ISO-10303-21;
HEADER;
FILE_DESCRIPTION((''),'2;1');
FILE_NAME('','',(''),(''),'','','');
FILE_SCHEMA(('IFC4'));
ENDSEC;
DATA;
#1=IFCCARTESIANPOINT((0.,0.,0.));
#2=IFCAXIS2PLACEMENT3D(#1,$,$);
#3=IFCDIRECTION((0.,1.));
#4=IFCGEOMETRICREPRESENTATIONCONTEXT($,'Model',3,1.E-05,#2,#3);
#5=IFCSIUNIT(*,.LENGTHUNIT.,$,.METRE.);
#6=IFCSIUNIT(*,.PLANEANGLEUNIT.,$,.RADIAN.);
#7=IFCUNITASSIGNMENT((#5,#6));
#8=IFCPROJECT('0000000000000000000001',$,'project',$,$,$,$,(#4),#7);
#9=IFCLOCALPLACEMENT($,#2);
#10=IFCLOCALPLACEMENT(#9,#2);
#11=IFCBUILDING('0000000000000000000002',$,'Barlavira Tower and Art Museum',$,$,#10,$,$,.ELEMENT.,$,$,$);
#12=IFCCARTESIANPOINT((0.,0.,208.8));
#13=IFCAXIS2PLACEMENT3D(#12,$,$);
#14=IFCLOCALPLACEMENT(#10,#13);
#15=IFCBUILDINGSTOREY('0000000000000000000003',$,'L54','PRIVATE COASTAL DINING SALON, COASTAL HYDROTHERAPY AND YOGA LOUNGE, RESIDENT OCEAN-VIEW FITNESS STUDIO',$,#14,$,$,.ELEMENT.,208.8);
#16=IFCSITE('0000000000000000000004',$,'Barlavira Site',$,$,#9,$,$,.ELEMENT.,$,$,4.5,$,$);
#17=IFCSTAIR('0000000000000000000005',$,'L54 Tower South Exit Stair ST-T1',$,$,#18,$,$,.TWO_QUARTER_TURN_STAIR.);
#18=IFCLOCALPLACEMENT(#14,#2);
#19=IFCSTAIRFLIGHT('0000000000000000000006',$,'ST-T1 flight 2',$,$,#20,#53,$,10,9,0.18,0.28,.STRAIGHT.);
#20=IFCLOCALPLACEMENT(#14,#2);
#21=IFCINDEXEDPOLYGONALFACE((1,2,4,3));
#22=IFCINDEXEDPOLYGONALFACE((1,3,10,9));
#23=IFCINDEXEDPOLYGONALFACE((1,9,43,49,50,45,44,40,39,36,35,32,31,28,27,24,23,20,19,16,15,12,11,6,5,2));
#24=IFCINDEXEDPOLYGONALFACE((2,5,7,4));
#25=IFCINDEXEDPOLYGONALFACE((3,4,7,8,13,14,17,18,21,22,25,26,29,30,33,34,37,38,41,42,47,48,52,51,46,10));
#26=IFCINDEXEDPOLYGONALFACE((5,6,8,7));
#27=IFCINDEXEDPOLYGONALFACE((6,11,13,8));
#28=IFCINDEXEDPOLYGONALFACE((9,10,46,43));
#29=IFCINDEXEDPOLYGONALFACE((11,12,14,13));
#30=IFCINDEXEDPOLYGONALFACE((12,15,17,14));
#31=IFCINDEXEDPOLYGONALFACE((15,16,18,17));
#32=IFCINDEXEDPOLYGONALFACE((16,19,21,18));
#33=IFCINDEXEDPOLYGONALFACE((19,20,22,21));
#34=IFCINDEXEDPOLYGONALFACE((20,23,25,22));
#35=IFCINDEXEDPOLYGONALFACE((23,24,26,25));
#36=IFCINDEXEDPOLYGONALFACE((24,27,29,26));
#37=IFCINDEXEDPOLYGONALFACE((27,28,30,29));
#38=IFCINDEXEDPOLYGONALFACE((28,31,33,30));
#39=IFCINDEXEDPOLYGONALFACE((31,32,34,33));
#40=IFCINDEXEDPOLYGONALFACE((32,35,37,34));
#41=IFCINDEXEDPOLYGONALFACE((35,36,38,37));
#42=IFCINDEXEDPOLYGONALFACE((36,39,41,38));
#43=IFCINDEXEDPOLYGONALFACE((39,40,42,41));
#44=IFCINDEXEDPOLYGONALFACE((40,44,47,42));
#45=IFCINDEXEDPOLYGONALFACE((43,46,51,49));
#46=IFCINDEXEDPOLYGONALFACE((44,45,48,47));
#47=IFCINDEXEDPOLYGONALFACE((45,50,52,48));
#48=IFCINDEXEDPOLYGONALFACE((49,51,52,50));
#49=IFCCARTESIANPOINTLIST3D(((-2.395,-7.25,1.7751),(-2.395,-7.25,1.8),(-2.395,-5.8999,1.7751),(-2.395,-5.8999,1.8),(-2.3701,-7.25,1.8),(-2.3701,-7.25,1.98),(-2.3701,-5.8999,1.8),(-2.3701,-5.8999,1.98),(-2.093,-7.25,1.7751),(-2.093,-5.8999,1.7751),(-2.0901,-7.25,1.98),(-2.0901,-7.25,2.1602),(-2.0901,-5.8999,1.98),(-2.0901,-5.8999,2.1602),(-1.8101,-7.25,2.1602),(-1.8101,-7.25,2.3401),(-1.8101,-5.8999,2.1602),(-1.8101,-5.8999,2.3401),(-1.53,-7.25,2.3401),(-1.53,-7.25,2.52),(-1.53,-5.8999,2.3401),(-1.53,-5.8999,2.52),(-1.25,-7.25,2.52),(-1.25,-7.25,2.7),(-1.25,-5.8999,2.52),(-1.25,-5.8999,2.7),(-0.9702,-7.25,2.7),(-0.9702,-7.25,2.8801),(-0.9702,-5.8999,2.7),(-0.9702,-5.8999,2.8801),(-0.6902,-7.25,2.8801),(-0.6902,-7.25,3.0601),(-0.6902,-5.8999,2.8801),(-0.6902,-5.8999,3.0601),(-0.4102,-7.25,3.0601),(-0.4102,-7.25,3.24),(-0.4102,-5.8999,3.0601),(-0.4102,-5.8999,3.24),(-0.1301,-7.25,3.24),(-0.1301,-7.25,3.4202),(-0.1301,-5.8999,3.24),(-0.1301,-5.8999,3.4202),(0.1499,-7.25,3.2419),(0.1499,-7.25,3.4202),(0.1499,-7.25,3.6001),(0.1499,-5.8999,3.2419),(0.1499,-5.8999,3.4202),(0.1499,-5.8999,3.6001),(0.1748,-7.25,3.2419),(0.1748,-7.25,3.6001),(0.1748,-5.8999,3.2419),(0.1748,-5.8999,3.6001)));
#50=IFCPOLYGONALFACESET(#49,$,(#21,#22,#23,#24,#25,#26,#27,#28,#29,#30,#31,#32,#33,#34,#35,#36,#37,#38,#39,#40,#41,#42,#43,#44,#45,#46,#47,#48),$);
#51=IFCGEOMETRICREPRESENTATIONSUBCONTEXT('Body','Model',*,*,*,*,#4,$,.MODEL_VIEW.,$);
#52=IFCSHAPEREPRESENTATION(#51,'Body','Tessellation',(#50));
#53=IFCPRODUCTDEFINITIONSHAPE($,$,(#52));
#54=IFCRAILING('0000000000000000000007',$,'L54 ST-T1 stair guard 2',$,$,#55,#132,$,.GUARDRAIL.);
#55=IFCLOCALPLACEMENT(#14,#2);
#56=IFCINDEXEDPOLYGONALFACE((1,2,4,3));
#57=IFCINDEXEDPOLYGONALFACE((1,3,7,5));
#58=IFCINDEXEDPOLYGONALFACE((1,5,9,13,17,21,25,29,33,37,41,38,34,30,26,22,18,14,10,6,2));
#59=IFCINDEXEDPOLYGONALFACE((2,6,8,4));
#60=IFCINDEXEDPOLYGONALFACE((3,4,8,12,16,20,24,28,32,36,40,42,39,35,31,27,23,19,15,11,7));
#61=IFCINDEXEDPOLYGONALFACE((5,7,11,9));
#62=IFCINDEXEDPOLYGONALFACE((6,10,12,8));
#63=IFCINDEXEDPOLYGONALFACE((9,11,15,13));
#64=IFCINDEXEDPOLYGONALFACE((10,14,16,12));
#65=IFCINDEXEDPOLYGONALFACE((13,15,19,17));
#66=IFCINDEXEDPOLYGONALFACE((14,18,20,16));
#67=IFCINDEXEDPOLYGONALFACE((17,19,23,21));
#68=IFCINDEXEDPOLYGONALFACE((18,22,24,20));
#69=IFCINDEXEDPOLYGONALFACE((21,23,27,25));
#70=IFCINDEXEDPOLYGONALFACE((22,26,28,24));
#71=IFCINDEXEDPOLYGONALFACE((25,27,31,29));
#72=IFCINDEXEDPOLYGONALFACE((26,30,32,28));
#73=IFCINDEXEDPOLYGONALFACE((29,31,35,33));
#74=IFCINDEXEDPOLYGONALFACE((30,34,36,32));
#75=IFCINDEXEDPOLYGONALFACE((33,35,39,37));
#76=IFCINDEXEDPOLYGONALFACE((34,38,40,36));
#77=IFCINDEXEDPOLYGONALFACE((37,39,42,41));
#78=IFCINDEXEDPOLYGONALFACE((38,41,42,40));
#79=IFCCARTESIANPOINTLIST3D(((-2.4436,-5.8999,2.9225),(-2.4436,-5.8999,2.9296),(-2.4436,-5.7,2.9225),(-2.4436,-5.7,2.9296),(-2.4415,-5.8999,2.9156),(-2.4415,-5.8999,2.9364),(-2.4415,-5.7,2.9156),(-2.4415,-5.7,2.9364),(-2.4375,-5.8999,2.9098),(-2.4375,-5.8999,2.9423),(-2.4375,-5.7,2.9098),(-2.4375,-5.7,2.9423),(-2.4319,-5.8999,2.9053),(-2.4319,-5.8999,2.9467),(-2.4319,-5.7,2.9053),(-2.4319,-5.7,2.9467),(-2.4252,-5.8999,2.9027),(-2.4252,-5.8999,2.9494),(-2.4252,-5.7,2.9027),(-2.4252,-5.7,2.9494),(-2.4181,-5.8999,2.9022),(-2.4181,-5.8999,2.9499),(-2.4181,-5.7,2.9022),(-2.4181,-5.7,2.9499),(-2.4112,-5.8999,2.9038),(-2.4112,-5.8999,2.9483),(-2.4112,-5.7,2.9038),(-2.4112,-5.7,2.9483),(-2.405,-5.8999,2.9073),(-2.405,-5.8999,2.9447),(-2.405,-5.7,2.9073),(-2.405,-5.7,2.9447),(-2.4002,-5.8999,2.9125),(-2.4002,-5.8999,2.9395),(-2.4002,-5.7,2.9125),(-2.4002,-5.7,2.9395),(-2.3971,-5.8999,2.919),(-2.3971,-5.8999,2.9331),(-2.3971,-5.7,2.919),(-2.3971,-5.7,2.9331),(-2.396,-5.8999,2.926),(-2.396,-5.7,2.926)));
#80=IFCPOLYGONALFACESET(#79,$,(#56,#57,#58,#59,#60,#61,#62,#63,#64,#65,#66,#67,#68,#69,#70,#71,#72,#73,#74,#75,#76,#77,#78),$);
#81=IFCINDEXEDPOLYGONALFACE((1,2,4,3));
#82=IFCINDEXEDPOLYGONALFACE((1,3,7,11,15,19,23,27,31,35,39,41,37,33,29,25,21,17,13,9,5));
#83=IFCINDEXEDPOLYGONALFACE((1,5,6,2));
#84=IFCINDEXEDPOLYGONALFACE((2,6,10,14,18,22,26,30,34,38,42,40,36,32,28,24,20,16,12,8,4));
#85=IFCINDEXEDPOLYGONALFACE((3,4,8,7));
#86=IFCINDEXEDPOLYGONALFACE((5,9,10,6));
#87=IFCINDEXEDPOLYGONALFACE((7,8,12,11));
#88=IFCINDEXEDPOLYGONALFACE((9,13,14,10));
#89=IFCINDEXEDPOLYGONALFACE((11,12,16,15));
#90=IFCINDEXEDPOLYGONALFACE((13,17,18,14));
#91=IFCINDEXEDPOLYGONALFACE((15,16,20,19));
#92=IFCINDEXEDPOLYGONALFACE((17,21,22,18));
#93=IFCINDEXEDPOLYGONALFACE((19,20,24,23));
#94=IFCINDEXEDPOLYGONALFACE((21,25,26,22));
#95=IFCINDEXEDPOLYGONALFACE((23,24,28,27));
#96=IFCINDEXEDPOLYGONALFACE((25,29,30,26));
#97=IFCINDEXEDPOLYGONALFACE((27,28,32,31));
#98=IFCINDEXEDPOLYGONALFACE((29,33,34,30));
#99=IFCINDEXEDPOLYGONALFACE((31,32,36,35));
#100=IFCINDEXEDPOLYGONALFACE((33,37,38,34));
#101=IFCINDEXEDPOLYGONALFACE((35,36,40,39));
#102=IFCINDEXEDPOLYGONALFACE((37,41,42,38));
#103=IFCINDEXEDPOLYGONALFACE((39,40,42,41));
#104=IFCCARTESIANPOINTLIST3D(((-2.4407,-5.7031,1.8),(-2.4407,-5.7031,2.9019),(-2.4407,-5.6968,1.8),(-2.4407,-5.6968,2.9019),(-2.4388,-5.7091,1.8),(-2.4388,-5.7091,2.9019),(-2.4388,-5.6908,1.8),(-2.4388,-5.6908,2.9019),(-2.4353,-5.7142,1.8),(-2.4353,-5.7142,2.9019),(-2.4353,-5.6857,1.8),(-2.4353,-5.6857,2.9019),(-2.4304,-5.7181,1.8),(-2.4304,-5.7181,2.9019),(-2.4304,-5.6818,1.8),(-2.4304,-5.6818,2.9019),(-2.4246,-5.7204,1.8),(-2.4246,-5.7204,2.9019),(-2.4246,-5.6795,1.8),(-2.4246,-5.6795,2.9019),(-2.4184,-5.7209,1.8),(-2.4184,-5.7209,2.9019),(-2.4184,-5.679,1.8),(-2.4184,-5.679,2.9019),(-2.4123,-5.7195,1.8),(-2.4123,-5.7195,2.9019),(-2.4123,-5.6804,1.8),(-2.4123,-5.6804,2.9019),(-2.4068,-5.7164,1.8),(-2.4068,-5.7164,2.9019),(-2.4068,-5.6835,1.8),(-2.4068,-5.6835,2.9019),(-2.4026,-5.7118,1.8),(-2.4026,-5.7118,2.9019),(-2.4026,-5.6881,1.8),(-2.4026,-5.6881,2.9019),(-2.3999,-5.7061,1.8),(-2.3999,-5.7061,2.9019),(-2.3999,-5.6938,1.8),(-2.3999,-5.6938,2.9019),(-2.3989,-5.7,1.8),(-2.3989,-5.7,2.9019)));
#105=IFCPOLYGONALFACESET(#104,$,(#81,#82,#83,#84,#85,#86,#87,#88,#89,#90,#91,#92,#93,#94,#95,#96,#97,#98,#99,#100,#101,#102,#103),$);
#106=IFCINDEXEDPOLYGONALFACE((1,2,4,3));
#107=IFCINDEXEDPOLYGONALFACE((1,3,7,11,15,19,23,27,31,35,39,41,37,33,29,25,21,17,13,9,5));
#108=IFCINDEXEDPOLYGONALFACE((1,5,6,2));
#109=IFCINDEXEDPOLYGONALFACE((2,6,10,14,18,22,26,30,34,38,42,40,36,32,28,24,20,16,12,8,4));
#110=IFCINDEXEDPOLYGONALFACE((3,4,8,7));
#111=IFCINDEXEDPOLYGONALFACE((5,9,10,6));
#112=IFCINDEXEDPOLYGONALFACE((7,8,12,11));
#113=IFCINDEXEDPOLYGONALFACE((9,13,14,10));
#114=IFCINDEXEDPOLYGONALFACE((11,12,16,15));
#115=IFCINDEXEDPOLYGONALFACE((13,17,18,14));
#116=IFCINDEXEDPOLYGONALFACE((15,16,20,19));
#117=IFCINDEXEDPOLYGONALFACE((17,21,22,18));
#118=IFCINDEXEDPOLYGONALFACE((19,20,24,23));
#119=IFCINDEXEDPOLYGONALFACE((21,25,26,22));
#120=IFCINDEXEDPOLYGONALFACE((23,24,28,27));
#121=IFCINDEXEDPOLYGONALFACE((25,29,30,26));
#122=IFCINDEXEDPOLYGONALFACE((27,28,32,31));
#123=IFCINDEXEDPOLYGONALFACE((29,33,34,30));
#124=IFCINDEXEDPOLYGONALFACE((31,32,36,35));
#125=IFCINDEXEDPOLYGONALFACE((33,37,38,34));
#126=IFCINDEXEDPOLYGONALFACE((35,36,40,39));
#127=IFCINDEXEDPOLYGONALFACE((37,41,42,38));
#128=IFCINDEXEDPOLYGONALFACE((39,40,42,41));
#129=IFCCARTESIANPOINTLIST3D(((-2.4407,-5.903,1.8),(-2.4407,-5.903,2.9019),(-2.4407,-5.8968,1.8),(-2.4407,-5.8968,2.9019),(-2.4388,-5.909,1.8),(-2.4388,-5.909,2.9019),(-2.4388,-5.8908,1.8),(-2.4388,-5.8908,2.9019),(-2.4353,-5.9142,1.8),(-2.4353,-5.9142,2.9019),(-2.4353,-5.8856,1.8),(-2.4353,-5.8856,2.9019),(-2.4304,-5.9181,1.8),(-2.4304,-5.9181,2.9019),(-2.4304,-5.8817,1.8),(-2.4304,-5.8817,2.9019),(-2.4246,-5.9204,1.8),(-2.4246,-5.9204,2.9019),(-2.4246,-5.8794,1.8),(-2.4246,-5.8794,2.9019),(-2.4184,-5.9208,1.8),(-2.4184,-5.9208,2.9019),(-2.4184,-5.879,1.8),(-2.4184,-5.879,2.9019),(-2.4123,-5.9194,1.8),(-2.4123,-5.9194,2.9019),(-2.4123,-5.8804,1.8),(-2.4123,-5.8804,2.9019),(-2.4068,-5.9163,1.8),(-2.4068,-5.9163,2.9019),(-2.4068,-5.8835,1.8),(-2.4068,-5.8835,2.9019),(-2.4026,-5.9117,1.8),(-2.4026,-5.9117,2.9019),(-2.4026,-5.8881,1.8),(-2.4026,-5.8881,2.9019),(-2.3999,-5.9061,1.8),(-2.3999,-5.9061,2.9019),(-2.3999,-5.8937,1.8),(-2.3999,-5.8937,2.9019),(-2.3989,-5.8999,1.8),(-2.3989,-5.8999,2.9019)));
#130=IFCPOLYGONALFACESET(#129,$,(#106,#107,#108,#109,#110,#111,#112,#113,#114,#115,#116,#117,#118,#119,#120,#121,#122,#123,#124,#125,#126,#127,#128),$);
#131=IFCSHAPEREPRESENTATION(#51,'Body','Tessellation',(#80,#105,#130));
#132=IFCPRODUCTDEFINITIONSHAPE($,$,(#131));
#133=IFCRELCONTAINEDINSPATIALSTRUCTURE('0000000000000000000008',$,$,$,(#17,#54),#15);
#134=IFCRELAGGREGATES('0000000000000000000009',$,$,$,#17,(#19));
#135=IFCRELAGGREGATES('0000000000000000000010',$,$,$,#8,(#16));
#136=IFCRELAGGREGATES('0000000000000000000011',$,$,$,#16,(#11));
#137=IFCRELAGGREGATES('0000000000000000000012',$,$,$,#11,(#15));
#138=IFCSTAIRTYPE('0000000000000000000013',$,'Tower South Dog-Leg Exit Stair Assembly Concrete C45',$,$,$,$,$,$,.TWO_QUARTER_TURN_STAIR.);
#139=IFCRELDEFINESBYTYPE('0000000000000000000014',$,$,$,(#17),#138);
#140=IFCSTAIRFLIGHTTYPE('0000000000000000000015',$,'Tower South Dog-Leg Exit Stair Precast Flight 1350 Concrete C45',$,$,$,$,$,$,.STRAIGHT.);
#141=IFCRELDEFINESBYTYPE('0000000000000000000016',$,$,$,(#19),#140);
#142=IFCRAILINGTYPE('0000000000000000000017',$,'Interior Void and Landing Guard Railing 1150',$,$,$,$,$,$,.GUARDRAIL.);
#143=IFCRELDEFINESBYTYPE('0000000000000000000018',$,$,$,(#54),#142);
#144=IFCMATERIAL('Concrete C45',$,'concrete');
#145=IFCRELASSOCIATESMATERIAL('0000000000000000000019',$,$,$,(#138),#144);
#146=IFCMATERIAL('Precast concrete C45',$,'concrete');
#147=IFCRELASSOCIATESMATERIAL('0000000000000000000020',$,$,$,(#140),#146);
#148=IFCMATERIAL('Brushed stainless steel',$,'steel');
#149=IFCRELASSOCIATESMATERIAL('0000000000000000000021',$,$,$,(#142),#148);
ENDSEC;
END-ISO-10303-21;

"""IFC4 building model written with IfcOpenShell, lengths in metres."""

from ifc_helpers import new_model, si_unit, direction, frame, origin, origin_2d, place, context, subcontext, project, spatial, polyline, circle, outline, extrude, material, type_object, element, aggregate, save


model = new_model("IFC4")

# Units and contexts
model_context = context("Model", 3, precision=1e-05, world=origin(), true_north=direction((0.0, 1.0)))
body_context = subcontext(model_context, "Body", "Model", "MODEL_VIEW")
ifc_project = project(units=[si_unit("LENGTHUNIT", "METRE"), si_unit("PLANEANGLEUNIT", "RADIAN")], contexts=[model_context])

# Site, building, storey
site_placement = place(None, origin())
site = spatial("IfcSite", under=ifc_project, at=site_placement, Name="Barlavira Site", CompositionType="ELEMENT", RefElevation=4.5)
building_placement = place(site_placement, origin())
building = spatial("IfcBuilding", under=site, at=building_placement, Name="Barlavira Tower and Art Museum", CompositionType="ELEMENT")
storey_placement = place(building_placement, frame((0.0, 0.0, 208.8)))
storey = spatial("IfcBuildingStorey", under=building, at=storey_placement, Name="L54", Description="PRIVATE COASTAL DINING SALON, COASTAL HYDROTHERAPY AND YOGA LOUNGE, RESIDENT OCEAN-VIEW FITNESS STUDIO", CompositionType="ELEMENT", Elevation=208.8)

# Shared definitions
ifc_material_1 = material(Name="Brushed stainless steel", Category="steel")

# Stair, stair flight
ifc_material_2 = material(Name="Concrete C45", Category="concrete")
stair_type = type_object("IfcStairType", Name="Tower South Dog-Leg Exit Stair Assembly Concrete C45", PredefinedType="TWO_QUARTER_TURN_STAIR", material=ifc_material_2)
stair_placement = place(storey_placement, origin())
stair = element("IfcStair", 1, at=stair_placement, inside=storey, type_object=stair_type, Name="L54 Tower South Exit Stair ST-T1", PredefinedType="TWO_QUARTER_TURN_STAIR")
ifc_material_3 = material(Name="Precast concrete C45", Category="concrete")
stair_flight_type = type_object("IfcStairFlightType", Name="Tower South Dog-Leg Exit Stair Precast Flight 1350 Concrete C45", PredefinedType="STRAIGHT", material=ifc_material_3)
stair_flight_placement = place(storey_placement, frame((-2.3701, -6.575, 1.8), z_axis=(0.0, 0.0, 1.0), x_axis=(1.0, 0.0, 0.0)))
stair_flight = element("IfcStairFlight", 2, at=stair_flight_placement, type_object=stair_flight_type, Name="ST-T1 flight 2", NumberOfRisers=10, NumberOfTreads=9, PredefinedType="STRAIGHT", RiserHeight=0.18, TreadLength=0.28, context=body_context, shape_type="SweptSolid", body=[
    extrude(outline(polyline([(-0.0249, 0.0), (0.0, 0.0), (0.0, 0.1799), (0.28, 0.1799), (0.28, 0.3601), (0.5601, 0.3601), (0.5601, 0.54), (0.8401, 0.54), (0.8401, 0.72), (1.1201, 0.72), (1.1201, 0.8999), (1.3999, 0.8999), (1.3999, 1.0801), (1.6799, 1.0801), (1.6799, 1.26), (1.96, 1.26), (1.96, 1.4399), (2.24, 1.4399), (2.24, 1.6201), (2.52, 1.6201), (2.52, 1.8), (2.5449, 1.8), (2.5449, 1.4419), (2.52, 1.4419), (0.2771, -0.0249), (-0.0249, -0.0249), (-0.0249, 0.0)])), frame((0.0, 0.675, 0.0), z_axis=(0.0, -1.0, 0.0), x_axis=(1.0, 0.0, 0.0)), (0.0, 0.0, 1.0), 1.3501),
])
aggregate(stair, [stair_flight])

# Railing
railing_type_1 = type_object("IfcRailingType", Name="Interior Void and Landing Guard Railing 1150", PredefinedType="GUARDRAIL", material=ifc_material_1)
railing_1_placement = place(storey_placement, frame((-2.4199, -5.7, 1.8)))
element("IfcRailing", 3, at=railing_1_placement, inside=storey, type_object=railing_type_1, Name="L54 ST-T1 stair guard 2", PredefinedType="GUARDRAIL", context=body_context, shape_type="SweptSolid", body=[
    extrude(circle(Radius=0.0239, at=origin_2d()), frame((0.0, 0.0, 1.126), z_axis=(0.0, -1.0, 0.0), x_axis=(1.0, 0.0, 0.0)), (0.0, 0.0, 1.0), 0.2),
    extrude(circle(Radius=0.021, at=origin_2d()), origin(), (0.0, 0.0, 1.0), 1.1018),
    extrude(circle(Radius=0.021, at=origin_2d()), frame((0.0, -0.2, 0.0)), (0.0, 0.0, 1.0), 1.1018),
])

save(model, "model.ifc")
